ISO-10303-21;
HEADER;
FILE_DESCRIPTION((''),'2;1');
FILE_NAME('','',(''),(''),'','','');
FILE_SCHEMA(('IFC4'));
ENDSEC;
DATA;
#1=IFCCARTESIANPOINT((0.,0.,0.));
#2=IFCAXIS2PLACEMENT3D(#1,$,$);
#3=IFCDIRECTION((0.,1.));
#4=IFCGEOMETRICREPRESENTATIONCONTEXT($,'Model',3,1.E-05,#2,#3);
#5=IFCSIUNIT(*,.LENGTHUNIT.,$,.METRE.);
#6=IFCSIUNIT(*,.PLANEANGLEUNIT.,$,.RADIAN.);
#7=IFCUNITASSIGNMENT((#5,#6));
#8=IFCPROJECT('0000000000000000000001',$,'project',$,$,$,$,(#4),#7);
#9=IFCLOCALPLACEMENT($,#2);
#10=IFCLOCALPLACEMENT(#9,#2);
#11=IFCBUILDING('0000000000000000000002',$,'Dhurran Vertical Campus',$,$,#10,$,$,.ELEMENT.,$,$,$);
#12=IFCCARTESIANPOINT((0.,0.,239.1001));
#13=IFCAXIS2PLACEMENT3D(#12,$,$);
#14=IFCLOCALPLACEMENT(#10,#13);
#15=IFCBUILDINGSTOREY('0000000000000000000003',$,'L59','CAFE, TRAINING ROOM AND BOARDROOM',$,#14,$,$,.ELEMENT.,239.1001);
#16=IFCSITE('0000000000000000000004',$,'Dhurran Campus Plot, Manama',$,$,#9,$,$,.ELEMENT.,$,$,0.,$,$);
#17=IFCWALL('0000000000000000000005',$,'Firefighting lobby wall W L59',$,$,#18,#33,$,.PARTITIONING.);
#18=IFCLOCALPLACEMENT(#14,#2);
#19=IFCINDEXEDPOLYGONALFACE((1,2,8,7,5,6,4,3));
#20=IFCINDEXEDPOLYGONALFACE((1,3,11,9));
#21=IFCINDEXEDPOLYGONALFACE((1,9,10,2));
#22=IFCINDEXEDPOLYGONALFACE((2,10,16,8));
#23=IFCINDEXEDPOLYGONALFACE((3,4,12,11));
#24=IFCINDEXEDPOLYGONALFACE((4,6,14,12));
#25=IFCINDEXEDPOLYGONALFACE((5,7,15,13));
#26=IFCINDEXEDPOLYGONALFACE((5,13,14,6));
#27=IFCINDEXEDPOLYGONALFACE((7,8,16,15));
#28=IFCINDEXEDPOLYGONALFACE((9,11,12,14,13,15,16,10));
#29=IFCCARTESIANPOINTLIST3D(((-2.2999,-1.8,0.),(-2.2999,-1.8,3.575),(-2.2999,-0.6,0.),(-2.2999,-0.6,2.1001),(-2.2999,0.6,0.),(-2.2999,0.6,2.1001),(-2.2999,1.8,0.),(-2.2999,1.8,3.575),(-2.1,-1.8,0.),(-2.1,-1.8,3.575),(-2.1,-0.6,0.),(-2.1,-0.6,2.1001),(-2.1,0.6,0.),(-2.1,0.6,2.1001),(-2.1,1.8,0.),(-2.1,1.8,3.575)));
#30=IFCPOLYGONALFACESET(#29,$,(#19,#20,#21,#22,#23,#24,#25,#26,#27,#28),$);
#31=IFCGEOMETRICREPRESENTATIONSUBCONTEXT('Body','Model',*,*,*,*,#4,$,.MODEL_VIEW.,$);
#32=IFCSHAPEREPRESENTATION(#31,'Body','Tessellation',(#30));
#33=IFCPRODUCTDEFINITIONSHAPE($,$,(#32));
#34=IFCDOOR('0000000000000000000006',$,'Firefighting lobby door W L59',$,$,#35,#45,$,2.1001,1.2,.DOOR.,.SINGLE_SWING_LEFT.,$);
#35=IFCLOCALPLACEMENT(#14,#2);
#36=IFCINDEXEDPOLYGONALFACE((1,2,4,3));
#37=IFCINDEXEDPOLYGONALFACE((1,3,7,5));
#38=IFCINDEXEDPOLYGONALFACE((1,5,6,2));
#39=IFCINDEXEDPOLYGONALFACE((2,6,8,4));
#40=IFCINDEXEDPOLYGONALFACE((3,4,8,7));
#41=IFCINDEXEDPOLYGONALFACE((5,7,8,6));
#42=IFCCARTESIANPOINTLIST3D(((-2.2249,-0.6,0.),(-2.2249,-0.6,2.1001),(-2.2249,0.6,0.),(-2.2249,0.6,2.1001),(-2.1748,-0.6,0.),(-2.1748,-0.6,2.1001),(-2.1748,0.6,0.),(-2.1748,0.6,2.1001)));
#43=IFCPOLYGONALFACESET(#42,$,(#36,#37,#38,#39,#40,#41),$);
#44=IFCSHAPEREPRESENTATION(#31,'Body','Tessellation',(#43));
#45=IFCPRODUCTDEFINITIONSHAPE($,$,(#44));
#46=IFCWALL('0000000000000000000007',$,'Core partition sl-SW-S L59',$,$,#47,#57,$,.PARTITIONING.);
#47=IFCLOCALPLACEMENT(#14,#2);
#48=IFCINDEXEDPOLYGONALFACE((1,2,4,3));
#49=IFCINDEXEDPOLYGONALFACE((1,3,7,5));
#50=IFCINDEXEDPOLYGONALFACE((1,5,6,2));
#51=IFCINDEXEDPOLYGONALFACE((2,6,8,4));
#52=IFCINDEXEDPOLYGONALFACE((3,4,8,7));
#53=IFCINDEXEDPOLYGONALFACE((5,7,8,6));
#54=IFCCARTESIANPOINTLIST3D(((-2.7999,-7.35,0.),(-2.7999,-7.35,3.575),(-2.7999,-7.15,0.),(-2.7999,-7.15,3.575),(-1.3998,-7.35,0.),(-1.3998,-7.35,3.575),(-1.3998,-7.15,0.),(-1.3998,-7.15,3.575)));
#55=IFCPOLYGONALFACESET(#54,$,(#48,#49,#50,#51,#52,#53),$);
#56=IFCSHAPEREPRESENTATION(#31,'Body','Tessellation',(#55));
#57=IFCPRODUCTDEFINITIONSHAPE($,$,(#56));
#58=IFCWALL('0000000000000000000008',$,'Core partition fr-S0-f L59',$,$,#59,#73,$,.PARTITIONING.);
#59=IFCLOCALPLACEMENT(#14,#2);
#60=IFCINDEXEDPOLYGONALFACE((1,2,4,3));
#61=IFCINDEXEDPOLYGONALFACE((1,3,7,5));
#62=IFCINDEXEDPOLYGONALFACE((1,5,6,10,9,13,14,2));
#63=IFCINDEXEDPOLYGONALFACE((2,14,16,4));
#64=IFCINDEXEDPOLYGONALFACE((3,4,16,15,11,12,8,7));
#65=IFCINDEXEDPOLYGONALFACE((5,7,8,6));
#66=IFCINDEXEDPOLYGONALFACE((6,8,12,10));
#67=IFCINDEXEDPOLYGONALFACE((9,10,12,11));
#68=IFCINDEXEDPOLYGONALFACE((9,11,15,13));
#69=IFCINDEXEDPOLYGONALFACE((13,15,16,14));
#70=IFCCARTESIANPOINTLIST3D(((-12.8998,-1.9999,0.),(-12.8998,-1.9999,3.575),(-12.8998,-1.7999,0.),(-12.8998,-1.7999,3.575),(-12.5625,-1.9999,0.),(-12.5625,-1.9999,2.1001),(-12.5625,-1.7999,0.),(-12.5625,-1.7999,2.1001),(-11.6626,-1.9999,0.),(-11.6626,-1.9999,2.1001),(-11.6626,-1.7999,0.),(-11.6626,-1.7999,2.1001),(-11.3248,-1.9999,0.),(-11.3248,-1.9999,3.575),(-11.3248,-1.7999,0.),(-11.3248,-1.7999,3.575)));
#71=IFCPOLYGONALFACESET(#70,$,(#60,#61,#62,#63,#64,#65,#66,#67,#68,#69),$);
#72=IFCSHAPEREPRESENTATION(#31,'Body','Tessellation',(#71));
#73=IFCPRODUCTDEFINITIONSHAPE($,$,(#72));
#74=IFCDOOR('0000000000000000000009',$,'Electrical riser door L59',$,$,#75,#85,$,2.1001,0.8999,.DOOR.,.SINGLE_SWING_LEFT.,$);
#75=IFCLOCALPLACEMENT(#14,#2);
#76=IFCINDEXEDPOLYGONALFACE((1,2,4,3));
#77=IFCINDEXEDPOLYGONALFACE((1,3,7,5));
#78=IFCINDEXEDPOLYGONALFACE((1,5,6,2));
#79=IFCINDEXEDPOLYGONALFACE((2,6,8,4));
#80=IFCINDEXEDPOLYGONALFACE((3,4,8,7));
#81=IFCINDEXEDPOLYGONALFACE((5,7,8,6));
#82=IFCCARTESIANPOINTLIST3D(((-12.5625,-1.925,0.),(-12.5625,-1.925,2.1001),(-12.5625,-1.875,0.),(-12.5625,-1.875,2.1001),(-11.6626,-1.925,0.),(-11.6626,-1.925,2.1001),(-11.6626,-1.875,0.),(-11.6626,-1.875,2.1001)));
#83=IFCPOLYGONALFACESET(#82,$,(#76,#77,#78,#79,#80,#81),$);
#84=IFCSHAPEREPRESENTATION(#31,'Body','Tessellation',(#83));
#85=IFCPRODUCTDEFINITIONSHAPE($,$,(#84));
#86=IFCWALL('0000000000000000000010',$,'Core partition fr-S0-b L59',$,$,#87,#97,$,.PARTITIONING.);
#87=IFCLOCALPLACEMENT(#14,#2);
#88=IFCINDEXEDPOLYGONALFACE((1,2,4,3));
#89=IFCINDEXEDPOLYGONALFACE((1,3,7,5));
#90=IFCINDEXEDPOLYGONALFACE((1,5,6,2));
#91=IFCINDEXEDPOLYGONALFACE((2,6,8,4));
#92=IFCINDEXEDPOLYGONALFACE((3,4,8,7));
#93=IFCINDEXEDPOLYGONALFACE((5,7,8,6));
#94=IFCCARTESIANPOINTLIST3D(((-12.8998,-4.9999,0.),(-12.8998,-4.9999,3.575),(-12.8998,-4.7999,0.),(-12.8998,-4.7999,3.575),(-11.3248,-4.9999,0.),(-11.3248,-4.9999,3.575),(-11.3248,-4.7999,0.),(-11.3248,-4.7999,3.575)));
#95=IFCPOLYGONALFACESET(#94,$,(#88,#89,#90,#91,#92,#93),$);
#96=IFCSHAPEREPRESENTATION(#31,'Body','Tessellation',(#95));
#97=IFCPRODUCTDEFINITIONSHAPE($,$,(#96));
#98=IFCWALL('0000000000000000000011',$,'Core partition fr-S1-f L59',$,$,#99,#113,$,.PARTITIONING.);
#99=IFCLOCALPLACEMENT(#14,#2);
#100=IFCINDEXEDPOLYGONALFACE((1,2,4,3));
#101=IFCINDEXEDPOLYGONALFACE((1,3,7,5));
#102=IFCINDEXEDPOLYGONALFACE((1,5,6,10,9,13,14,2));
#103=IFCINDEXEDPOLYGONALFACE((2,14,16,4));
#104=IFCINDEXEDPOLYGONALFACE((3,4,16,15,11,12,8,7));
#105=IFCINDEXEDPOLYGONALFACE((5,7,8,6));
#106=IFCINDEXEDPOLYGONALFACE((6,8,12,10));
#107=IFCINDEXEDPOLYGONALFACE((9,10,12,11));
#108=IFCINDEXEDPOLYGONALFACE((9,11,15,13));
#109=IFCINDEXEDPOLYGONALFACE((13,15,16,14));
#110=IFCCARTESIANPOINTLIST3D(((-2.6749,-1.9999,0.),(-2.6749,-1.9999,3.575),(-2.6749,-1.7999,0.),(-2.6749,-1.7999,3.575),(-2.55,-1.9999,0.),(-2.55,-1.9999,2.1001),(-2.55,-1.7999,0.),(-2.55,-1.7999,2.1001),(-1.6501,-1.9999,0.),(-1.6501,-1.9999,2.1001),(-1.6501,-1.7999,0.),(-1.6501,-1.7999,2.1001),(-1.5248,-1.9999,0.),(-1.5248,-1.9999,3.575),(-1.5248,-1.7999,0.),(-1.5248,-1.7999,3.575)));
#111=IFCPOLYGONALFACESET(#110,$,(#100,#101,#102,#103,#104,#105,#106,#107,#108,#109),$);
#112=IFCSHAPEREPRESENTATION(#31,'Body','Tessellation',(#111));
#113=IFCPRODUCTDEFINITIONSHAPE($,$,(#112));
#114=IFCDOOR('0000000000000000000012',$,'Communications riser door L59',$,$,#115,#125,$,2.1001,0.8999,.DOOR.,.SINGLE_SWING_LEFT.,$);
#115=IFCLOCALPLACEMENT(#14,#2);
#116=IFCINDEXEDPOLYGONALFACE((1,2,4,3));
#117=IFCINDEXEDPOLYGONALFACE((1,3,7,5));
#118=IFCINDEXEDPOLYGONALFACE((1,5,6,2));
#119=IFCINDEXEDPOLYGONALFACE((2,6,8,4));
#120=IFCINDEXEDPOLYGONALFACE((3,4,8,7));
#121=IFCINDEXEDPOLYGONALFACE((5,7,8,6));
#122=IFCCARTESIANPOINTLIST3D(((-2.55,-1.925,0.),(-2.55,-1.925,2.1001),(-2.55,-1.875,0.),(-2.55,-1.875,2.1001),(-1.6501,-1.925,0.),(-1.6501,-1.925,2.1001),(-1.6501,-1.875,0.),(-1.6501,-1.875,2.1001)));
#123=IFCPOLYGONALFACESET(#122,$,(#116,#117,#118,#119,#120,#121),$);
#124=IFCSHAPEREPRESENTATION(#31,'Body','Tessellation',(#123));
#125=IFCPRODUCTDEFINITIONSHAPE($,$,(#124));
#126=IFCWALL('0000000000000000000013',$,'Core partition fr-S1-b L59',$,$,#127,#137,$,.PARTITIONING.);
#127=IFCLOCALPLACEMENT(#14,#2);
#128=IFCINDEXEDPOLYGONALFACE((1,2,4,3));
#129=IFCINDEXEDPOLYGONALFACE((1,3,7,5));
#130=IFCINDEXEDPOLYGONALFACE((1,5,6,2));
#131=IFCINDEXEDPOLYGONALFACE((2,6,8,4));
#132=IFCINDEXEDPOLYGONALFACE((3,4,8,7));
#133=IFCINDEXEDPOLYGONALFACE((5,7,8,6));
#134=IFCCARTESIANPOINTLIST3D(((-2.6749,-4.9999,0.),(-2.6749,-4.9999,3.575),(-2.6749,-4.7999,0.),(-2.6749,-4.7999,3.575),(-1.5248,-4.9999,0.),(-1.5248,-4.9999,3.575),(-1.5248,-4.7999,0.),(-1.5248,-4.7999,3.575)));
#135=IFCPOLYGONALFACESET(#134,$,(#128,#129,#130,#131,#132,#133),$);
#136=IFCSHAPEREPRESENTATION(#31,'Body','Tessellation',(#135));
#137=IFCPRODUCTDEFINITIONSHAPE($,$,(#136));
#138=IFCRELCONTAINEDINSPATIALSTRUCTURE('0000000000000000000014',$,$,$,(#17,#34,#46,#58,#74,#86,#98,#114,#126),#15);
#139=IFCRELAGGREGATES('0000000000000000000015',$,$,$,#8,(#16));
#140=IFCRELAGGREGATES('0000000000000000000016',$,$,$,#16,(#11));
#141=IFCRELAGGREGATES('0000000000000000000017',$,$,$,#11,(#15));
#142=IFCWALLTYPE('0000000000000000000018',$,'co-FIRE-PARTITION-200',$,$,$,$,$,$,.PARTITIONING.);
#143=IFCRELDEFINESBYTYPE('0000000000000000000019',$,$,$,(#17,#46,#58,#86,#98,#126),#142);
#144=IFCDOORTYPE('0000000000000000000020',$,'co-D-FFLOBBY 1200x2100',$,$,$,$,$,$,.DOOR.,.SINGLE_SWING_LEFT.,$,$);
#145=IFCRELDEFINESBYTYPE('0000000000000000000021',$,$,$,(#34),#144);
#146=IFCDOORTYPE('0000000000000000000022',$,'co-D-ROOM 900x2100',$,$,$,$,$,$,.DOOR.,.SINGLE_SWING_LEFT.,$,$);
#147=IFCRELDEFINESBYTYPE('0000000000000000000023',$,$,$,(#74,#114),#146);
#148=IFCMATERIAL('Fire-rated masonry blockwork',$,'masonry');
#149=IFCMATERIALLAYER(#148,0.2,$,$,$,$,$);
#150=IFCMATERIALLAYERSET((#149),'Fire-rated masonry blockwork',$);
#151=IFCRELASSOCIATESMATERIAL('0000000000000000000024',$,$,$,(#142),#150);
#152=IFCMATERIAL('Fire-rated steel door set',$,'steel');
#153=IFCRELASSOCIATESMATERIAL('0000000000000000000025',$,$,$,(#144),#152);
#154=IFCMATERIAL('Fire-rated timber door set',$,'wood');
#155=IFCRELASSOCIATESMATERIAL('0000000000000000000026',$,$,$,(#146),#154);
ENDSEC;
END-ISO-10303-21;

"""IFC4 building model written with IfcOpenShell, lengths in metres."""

from ifc_helpers import new_model, si_unit, direction, frame, frame_2d, origin, place, context, subcontext, project, spatial, rectangle, extrude, material, layer, layer_set, type_object, element, fill, save


model = new_model("IFC4")

# Units and contexts
model_context = context("Model", 3, precision=1e-05, world=origin(), true_north=direction((0.0, 1.0)))
body_context = subcontext(model_context, "Body", "Model", "MODEL_VIEW")
ifc_project = project(units=[si_unit("LENGTHUNIT", "METRE"), si_unit("PLANEANGLEUNIT", "RADIAN")], contexts=[model_context])

# Site, building, storey
site_placement = place(None, origin())
site = spatial("IfcSite", under=ifc_project, at=site_placement, Name="Dhurran Campus Plot, Manama", CompositionType="ELEMENT", RefElevation=0.0)
building_placement = place(site_placement, origin())
building = spatial("IfcBuilding", under=site, at=building_placement, Name="Dhurran Vertical Campus", CompositionType="ELEMENT")
storey_placement = place(building_placement, frame((0.0, 0.0, 239.1001)))
storey = spatial("IfcBuildingStorey", under=building, at=storey_placement, Name="L59", Description="CAFE, TRAINING ROOM AND BOARDROOM", CompositionType="ELEMENT", Elevation=239.1001)

# Wall, opening, door
ifc_material_1 = material(Name="Fire-rated masonry blockwork", Category="masonry")
ifc_layer_1 = layer(ifc_material_1, 0.2)
ifc_layer_set_1 = layer_set([ifc_layer_1], Name="Fire-rated masonry blockwork")
wall_type_1 = type_object("IfcWallType", Name="co-FIRE-PARTITION-200", PredefinedType="PARTITIONING", material=ifc_layer_set_1)
wall_1_placement = place(storey_placement, frame((-2.2, -1.8, 0.0), z_axis=(0.0, 0.0, 1.0), x_axis=(0.0, 1.0, 0.0)))
wall_1 = element("IfcWall", 1, at=wall_1_placement, inside=storey, type_object=wall_type_1, Name="Firefighting lobby wall W L59", PredefinedType="PARTITIONING", context=body_context, shape_type="SweptSolid", body=[
    extrude(rectangle(XDim=3.6001, YDim=0.2, at=frame_2d((1.8, 0.0))), origin(), (0.0, 0.0, 1.0), 3.575),
])
opening_1_placement = place(wall_1_placement, frame((1.2, 0.0, 0.0)))
opening_1 = element("IfcOpeningElement", 2, at=opening_1_placement, cuts=wall_1, PredefinedType="OPENING", context=body_context, shape_type="SweptSolid", body=[
    extrude(rectangle(XDim=1.2, YDim=2.1001, at=frame_2d((0.6001, 1.05))), frame((0.0, 0.1099, 0.0), z_axis=(0.0, -1.0, 0.0), x_axis=(1.0, 0.0, 0.0)), (0.0, 0.0, 1.0), 0.22),
])
ifc_material_2 = material(Name="Fire-rated steel door set", Category="steel")
door_type_1 = type_object("IfcDoorType", Name="co-D-FFLOBBY 1200x2100", OperationType="SINGLE_SWING_LEFT", PredefinedType="DOOR", material=ifc_material_2)
door_1_placement = place(opening_1_placement, origin())
door_1 = element("IfcDoor", 3, at=door_1_placement, inside=storey, type_object=door_type_1, Name="Firefighting lobby door W L59", OperationType="SINGLE_SWING_LEFT", OverallHeight=2.1001, OverallWidth=1.2, PredefinedType="DOOR", context=body_context, shape_type="SweptSolid", body=[
    extrude(rectangle(XDim=1.2, YDim=2.1001, at=frame_2d((0.6001, 1.05))), frame((0.0, 0.0249, 0.0), z_axis=(0.0, -1.0, 0.0), x_axis=(1.0, 0.0, 0.0)), (0.0, 0.0, 1.0), 0.05),
])
fill(opening_1, door_1)

# Wall
wall_2_placement = place(storey_placement, frame((-2.8, -7.25, 0.0), z_axis=(0.0, 0.0, 1.0), x_axis=(1.0, 0.0, 0.0)))
element("IfcWall", 4, at=wall_2_placement, inside=storey, type_object=wall_type_1, Name="Core partition sl-SW-S L59", PredefinedType="PARTITIONING", context=body_context, shape_type="SweptSolid", body=[
    extrude(rectangle(XDim=1.4001, YDim=0.2, at=frame_2d((0.7002, 0.0))), origin(), (0.0, 0.0, 1.0), 3.575),
])

# Wall, opening, door
wall_3_placement = place(storey_placement, frame((-12.8999, -1.8999, 0.0), z_axis=(0.0, 0.0, 1.0), x_axis=(1.0, 0.0, 0.0)))
wall_3 = element("IfcWall", 5, at=wall_3_placement, inside=storey, type_object=wall_type_1, Name="Core partition fr-S0-f L59", PredefinedType="PARTITIONING", context=body_context, shape_type="SweptSolid", body=[
    extrude(rectangle(XDim=1.575, YDim=0.2, at=frame_2d((0.7876, 0.0))), origin(), (0.0, 0.0, 1.0), 3.575),
])
opening_2_placement = place(wall_3_placement, frame((0.3374, 0.0, 0.0)))
opening_2 = element("IfcOpeningElement", 6, at=opening_2_placement, cuts=wall_3, PredefinedType="OPENING", context=body_context, shape_type="SweptSolid", body=[
    extrude(rectangle(XDim=0.8999, YDim=2.1001, at=frame_2d((0.45, 1.05))), frame((0.0, 0.1099, 0.0), z_axis=(0.0, -1.0, 0.0), x_axis=(1.0, 0.0, 0.0)), (0.0, 0.0, 1.0), 0.22),
])
ifc_material_3 = material(Name="Fire-rated timber door set", Category="wood")
door_type_2 = type_object("IfcDoorType", Name="co-D-ROOM 900x2100", OperationType="SINGLE_SWING_LEFT", PredefinedType="DOOR", material=ifc_material_3)
door_2_placement = place(opening_2_placement, origin())
door_2 = element("IfcDoor", 7, at=door_2_placement, inside=storey, type_object=door_type_2, Name="Electrical riser door L59", OperationType="SINGLE_SWING_LEFT", OverallHeight=2.1001, OverallWidth=0.8999, PredefinedType="DOOR", context=body_context, shape_type="SweptSolid", body=[
    extrude(rectangle(XDim=0.8999, YDim=2.1001, at=frame_2d((0.45, 1.05))), frame((0.0, 0.0249, 0.0), z_axis=(0.0, -1.0, 0.0), x_axis=(1.0, 0.0, 0.0)), (0.0, 0.0, 1.0), 0.05),
])
fill(opening_2, door_2)

# Wall
wall_4_placement = place(storey_placement, frame((-12.8999, -4.8999, 0.0), z_axis=(0.0, 0.0, 1.0), x_axis=(1.0, 0.0, 0.0)))
element("IfcWall", 8, at=wall_4_placement, inside=storey, type_object=wall_type_1, Name="Core partition fr-S0-b L59", PredefinedType="PARTITIONING", context=body_context, shape_type="SweptSolid", body=[
    extrude(rectangle(XDim=1.575, YDim=0.2, at=frame_2d((0.7876, 0.0))), origin(), (0.0, 0.0, 1.0), 3.575),
])

# Wall, opening, door
wall_5_placement = place(storey_placement, frame((-2.675, -1.8999, 0.0), z_axis=(0.0, 0.0, 1.0), x_axis=(1.0, 0.0, 0.0)))
wall_5 = element("IfcWall", 9, at=wall_5_placement, inside=storey, type_object=wall_type_1, Name="Core partition fr-S1-f L59", PredefinedType="PARTITIONING", context=body_context, shape_type="SweptSolid", body=[
    extrude(rectangle(XDim=1.1501, YDim=0.2, at=frame_2d((0.5752, 0.0))), origin(), (0.0, 0.0, 1.0), 3.575),
])
opening_3_placement = place(wall_5_placement, frame((0.125, 0.0, 0.0)))
opening_3 = element("IfcOpeningElement", 10, at=opening_3_placement, cuts=wall_5, PredefinedType="OPENING", context=body_context, shape_type="SweptSolid", body=[
    extrude(rectangle(XDim=0.8999, YDim=2.1001, at=frame_2d((0.45, 1.05))), frame((0.0, 0.1099, 0.0), z_axis=(0.0, -1.0, 0.0), x_axis=(1.0, 0.0, 0.0)), (0.0, 0.0, 1.0), 0.22),
])
door_3_placement = place(opening_3_placement, origin())
door_3 = element("IfcDoor", 11, at=door_3_placement, inside=storey, type_object=door_type_2, Name="Communications riser door L59", OperationType="SINGLE_SWING_LEFT", OverallHeight=2.1001, OverallWidth=0.8999, PredefinedType="DOOR", context=body_context, shape_type="SweptSolid", body=[
    extrude(rectangle(XDim=0.8999, YDim=2.1001, at=frame_2d((0.45, 1.05))), frame((0.0, 0.0249, 0.0), z_axis=(0.0, -1.0, 0.0), x_axis=(1.0, 0.0, 0.0)), (0.0, 0.0, 1.0), 0.05),
])
fill(opening_3, door_3)

# Wall
wall_6_placement = place(storey_placement, frame((-2.675, -4.8999, 0.0), z_axis=(0.0, 0.0, 1.0), x_axis=(1.0, 0.0, 0.0)))
element("IfcWall", 12, at=wall_6_placement, inside=storey, type_object=wall_type_1, Name="Core partition fr-S1-b L59", PredefinedType="PARTITIONING", context=body_context, shape_type="SweptSolid", body=[
    extrude(rectangle(XDim=1.1501, YDim=0.2, at=frame_2d((0.5752, 0.0))), origin(), (0.0, 0.0, 1.0), 3.575),
])

save(model, "model.ifc")
